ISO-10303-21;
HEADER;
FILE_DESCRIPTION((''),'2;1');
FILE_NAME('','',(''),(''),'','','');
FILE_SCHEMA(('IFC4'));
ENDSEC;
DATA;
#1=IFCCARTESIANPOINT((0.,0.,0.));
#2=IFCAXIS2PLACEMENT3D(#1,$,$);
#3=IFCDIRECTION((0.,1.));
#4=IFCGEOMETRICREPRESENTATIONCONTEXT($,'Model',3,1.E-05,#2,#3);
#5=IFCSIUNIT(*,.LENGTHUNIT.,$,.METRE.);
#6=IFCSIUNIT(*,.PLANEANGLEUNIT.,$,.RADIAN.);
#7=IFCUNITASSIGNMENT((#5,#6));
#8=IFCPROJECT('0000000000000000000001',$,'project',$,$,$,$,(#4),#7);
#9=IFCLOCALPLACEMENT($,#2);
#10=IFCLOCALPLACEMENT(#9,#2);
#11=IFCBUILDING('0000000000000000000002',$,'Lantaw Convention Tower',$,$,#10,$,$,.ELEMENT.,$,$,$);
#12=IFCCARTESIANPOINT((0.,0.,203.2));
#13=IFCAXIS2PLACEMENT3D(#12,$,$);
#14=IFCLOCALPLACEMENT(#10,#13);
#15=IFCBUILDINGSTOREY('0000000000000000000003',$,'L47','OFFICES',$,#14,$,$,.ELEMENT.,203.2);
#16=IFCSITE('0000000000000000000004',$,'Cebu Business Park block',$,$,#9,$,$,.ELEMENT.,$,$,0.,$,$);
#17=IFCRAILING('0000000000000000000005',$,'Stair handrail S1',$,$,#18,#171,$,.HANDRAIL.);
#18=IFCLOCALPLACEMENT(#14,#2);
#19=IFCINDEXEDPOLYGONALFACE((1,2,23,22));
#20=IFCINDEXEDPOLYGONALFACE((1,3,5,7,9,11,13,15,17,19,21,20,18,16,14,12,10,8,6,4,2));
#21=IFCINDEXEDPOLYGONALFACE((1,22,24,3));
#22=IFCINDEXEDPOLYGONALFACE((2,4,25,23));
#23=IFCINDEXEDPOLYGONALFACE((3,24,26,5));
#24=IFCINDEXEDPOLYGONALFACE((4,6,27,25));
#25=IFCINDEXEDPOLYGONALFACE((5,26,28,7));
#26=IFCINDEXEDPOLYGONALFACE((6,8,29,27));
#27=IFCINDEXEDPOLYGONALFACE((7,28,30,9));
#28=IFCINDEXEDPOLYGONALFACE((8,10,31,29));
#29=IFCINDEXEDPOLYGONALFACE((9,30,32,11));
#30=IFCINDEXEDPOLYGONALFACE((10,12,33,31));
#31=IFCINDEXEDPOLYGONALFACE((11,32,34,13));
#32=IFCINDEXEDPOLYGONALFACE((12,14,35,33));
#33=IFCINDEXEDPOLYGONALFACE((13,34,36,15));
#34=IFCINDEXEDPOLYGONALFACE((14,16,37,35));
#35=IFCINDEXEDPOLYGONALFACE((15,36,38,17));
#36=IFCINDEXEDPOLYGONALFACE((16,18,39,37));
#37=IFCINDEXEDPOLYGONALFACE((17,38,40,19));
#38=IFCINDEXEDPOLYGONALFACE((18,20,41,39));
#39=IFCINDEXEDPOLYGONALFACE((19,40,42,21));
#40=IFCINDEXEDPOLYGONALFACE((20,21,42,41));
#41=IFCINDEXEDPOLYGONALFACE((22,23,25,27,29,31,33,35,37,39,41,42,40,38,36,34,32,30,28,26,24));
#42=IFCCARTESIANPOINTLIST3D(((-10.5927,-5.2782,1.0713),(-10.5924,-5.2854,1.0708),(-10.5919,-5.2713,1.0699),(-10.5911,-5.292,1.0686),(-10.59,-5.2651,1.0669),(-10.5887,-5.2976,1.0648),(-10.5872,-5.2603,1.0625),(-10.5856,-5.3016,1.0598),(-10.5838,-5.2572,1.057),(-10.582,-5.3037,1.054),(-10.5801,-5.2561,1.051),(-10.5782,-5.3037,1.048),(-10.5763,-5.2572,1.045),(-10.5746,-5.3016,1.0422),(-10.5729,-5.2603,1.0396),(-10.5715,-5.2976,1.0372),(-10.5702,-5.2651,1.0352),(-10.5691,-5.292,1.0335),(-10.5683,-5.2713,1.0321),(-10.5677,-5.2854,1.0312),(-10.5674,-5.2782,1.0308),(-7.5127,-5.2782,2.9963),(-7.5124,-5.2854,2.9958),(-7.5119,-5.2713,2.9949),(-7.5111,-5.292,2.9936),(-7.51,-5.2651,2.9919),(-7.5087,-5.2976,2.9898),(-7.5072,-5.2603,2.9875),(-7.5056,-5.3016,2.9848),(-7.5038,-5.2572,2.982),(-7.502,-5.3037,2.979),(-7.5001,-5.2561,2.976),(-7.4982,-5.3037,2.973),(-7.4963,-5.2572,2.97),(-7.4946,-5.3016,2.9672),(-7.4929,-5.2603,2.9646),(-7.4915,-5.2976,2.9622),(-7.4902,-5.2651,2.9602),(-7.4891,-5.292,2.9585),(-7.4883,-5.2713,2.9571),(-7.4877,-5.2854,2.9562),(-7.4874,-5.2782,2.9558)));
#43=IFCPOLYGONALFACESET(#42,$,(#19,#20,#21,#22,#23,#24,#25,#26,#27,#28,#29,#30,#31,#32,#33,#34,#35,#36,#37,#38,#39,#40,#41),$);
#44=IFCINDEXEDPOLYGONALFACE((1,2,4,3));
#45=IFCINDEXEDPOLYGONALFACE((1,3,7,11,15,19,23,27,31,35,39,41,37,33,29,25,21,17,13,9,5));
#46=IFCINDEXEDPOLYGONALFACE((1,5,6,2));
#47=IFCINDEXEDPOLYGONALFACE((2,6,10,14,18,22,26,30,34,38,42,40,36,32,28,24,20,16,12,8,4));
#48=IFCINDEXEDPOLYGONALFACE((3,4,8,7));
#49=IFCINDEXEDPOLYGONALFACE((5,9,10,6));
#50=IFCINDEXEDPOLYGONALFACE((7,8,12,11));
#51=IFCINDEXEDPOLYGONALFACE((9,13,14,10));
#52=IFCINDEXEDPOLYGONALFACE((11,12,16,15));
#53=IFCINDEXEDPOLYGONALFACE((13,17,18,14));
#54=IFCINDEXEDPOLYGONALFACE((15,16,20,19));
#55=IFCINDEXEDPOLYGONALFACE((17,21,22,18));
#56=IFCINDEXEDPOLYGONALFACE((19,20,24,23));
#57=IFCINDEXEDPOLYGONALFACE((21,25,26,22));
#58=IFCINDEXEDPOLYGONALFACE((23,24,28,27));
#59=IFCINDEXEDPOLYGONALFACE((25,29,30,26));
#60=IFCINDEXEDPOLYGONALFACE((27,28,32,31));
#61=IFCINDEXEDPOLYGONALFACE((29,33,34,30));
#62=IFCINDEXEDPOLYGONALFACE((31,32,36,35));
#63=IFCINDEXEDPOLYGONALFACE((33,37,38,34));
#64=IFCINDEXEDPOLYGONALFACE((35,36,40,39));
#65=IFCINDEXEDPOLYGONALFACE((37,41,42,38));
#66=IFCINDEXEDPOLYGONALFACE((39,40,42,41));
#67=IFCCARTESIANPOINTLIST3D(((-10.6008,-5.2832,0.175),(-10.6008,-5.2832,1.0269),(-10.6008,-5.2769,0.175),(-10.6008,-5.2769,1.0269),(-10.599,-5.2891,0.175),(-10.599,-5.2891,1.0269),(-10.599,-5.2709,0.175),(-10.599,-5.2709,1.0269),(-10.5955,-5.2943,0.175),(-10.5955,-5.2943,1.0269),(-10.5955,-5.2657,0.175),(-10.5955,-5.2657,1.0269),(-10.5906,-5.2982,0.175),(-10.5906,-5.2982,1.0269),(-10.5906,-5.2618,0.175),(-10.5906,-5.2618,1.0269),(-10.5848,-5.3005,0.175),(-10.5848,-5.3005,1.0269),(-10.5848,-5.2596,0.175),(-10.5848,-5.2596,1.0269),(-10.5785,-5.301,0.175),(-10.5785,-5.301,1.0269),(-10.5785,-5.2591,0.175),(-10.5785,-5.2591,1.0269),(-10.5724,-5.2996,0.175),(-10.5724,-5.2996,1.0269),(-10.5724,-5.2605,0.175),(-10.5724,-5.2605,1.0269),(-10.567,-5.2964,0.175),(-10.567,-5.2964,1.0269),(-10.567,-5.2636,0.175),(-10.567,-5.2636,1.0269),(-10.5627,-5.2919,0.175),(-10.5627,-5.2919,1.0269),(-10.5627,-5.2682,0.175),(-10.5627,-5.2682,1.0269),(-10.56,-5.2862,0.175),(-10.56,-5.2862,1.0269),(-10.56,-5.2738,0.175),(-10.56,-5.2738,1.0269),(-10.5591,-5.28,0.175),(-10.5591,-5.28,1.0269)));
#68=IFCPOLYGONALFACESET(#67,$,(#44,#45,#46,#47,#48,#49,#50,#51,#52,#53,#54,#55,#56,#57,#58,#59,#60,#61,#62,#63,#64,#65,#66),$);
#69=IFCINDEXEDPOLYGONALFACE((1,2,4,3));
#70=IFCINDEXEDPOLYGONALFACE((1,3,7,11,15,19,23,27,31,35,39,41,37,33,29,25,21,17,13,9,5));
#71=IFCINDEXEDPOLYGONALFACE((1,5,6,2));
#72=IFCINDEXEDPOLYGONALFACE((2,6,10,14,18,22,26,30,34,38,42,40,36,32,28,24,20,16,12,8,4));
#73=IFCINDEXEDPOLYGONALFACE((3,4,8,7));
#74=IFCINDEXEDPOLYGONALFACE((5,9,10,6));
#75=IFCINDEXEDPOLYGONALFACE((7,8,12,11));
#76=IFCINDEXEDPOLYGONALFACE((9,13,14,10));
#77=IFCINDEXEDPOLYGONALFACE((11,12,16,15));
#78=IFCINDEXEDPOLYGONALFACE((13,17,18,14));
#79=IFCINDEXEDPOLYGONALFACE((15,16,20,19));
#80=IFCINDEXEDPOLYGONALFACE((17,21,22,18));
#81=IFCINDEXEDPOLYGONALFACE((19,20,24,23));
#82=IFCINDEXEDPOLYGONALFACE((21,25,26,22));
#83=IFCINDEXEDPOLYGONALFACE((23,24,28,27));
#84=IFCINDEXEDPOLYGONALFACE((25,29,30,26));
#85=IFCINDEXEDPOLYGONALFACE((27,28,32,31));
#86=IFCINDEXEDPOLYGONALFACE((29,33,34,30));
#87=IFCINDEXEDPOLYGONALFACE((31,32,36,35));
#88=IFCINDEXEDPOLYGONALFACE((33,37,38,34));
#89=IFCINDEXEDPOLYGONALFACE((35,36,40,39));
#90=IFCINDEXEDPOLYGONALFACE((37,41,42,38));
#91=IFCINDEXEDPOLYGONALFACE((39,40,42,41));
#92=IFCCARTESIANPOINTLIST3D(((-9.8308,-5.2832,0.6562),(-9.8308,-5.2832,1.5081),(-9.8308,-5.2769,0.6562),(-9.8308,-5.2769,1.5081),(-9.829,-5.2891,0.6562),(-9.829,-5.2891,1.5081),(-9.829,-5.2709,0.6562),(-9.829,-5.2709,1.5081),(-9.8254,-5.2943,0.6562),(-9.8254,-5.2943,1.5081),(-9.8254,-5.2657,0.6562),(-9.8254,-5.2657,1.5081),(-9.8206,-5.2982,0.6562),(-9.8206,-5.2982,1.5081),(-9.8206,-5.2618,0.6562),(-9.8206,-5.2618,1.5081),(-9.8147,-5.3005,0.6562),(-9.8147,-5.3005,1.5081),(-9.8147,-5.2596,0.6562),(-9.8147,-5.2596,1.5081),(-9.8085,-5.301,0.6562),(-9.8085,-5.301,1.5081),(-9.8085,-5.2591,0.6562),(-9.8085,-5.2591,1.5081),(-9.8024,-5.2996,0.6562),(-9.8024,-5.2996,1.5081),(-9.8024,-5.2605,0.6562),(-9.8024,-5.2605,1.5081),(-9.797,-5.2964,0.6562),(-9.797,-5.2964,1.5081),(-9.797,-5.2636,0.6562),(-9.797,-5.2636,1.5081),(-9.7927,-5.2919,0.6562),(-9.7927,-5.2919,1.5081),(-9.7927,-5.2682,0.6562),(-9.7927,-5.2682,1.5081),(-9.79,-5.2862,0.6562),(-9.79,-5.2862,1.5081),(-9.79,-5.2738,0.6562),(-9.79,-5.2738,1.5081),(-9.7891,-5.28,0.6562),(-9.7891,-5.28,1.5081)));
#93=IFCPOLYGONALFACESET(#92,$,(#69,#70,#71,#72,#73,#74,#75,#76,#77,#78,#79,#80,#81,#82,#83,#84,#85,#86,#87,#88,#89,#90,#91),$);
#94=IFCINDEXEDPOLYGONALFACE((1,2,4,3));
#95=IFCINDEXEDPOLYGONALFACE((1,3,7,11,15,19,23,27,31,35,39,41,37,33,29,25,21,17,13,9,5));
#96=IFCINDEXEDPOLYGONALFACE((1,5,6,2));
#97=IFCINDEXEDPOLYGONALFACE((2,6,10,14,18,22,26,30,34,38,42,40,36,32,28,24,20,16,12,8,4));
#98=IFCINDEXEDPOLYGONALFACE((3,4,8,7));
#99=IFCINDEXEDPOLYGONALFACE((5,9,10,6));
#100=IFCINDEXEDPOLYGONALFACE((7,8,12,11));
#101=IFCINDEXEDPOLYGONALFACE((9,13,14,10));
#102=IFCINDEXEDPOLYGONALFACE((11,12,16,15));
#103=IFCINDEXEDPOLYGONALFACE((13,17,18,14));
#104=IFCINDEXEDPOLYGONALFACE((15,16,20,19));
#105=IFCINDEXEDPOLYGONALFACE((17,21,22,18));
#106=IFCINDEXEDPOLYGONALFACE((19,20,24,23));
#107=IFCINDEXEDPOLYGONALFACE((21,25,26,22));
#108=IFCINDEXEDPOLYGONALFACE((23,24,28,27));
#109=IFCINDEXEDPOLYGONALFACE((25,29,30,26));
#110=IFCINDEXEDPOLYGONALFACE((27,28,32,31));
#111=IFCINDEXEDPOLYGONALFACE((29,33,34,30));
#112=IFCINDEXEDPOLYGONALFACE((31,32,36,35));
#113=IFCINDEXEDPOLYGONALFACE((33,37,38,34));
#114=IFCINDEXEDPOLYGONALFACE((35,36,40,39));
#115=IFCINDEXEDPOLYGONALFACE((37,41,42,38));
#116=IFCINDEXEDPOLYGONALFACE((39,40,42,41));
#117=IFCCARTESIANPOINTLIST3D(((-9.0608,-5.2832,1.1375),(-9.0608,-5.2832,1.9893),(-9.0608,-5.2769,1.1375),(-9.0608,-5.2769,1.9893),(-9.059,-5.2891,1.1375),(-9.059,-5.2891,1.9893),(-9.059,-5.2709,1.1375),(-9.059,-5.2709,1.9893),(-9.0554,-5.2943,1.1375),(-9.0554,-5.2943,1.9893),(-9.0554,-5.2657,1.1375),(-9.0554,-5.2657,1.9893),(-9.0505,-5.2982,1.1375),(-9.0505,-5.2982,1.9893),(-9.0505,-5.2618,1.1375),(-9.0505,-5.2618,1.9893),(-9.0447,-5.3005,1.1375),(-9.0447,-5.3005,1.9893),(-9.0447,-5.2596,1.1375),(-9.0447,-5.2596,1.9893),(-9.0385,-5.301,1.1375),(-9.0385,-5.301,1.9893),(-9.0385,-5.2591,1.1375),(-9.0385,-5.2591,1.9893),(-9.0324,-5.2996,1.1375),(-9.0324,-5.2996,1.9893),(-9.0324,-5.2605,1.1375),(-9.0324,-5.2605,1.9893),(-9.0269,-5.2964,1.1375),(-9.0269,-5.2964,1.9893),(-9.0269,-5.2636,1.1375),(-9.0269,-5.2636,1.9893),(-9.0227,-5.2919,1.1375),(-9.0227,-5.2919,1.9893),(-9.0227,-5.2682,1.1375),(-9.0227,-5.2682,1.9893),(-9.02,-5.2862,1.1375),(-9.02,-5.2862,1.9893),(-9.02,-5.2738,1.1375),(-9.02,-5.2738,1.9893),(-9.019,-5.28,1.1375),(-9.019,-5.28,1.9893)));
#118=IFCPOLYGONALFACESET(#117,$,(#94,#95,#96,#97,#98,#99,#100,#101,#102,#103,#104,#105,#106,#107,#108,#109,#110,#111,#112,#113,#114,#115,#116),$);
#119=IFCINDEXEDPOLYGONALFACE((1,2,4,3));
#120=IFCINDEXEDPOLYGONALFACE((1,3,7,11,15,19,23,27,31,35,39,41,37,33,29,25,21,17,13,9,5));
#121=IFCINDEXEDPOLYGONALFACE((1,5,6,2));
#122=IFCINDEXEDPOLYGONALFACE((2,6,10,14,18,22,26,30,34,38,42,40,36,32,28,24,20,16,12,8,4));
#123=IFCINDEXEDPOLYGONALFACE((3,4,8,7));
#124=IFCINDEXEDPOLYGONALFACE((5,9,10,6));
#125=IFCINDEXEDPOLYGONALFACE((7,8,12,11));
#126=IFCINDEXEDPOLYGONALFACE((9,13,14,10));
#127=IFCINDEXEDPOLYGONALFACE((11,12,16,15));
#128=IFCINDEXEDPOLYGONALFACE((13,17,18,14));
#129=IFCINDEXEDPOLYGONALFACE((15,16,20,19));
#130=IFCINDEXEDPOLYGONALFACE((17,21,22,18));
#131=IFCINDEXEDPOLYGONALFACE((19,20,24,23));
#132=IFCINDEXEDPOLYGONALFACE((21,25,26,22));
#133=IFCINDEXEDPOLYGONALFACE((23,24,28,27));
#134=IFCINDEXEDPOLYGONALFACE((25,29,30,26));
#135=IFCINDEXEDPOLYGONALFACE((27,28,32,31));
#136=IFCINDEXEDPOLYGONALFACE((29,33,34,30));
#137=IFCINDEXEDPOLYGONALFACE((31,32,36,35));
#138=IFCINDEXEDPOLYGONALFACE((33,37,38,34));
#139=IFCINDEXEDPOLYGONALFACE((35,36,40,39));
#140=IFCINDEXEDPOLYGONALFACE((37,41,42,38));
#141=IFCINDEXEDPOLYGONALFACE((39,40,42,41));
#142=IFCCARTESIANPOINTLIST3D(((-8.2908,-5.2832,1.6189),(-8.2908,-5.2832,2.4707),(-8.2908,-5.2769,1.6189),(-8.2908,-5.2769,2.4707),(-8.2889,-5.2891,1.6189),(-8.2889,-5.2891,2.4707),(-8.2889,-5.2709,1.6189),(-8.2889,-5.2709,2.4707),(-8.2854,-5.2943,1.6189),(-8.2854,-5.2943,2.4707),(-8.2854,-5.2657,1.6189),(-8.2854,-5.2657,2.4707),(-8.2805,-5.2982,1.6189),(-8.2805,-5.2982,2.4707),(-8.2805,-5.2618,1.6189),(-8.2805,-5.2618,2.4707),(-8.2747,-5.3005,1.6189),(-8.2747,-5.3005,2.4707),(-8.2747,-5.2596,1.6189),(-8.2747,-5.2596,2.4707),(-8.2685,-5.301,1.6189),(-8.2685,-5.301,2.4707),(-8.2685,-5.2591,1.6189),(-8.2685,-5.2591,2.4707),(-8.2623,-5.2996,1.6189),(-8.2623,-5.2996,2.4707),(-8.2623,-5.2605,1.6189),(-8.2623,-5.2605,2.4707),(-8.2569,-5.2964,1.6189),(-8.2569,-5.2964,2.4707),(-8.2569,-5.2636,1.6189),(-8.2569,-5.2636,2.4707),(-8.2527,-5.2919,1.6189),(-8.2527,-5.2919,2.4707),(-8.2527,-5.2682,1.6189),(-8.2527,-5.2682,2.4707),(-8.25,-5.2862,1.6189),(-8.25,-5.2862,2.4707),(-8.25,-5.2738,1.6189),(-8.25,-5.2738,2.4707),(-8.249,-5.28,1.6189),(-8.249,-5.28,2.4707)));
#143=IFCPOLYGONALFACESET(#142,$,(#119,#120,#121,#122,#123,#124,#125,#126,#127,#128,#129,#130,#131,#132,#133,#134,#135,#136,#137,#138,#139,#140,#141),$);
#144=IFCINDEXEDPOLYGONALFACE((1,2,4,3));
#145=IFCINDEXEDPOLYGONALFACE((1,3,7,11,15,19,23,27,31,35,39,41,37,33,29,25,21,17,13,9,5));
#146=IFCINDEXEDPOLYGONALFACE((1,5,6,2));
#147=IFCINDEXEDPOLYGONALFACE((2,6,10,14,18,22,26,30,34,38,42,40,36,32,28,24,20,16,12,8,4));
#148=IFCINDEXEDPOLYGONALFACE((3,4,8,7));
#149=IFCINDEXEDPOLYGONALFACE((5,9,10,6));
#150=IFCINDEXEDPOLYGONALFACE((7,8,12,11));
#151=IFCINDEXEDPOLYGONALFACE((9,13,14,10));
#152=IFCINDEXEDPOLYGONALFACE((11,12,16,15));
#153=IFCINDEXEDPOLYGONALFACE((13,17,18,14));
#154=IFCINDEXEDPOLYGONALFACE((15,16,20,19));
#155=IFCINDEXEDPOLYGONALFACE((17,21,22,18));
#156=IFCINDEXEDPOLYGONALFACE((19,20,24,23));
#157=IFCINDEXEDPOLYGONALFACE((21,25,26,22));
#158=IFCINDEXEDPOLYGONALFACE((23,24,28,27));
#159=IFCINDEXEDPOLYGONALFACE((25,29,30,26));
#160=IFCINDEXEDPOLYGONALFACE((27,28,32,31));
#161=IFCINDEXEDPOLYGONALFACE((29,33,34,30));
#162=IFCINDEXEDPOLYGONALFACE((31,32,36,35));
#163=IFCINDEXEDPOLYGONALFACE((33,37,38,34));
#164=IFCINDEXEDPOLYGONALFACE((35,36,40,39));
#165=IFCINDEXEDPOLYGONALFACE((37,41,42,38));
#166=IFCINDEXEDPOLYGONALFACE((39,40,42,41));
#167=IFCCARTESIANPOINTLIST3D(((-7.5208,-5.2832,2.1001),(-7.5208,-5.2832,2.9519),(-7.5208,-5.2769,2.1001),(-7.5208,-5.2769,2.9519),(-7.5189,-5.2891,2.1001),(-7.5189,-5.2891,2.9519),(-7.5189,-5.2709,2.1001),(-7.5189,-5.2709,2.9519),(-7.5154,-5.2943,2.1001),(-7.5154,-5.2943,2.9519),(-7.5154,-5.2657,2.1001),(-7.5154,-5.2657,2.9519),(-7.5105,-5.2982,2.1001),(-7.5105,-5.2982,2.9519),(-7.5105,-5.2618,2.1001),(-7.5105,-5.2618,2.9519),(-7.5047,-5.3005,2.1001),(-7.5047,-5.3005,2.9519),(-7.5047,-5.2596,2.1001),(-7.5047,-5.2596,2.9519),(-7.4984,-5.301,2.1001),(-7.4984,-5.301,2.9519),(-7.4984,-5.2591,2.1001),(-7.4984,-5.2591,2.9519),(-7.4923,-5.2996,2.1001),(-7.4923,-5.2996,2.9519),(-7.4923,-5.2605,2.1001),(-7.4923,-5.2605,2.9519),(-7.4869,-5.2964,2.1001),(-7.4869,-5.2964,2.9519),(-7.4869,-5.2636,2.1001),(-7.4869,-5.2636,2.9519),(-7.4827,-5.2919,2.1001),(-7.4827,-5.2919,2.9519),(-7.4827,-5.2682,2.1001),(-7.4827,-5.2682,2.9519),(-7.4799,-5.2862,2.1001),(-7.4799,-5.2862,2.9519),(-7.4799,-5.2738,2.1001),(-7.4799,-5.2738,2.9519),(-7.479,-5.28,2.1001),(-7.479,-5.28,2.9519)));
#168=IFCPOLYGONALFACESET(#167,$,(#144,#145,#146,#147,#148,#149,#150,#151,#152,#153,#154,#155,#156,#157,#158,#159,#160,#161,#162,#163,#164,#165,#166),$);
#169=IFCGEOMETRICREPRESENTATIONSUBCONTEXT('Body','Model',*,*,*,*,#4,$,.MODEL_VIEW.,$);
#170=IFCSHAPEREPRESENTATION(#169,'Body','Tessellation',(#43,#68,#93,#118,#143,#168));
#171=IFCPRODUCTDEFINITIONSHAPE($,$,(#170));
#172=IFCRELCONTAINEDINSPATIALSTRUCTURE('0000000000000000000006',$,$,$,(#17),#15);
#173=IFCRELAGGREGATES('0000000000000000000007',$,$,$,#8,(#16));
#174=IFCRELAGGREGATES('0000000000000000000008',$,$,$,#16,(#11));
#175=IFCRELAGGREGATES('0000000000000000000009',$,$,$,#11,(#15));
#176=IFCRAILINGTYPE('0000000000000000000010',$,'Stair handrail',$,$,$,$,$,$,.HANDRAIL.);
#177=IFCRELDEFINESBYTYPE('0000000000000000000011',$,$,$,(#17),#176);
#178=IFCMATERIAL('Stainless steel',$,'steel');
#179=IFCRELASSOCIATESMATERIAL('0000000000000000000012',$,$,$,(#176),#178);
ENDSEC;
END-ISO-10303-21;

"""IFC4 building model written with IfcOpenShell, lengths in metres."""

from ifc_helpers import new_model, si_unit, direction, frame, origin, origin_2d, place, context, subcontext, project, spatial, circle, extrude, material, type_object, element, save


model = new_model("IFC4")

# Units and contexts
model_context = context("Model", 3, precision=1e-05, world=origin(), true_north=direction((0.0, 1.0)))
body_context = subcontext(model_context, "Body", "Model", "MODEL_VIEW")
ifc_project = project(units=[si_unit("LENGTHUNIT", "METRE"), si_unit("PLANEANGLEUNIT", "RADIAN")], contexts=[model_context])

# Site, building, storey
site_placement = place(None, origin())
site = spatial("IfcSite", under=ifc_project, at=site_placement, Name="Cebu Business Park block", CompositionType="ELEMENT", RefElevation=0.0)
building_placement = place(site_placement, origin())
building = spatial("IfcBuilding", under=site, at=building_placement, Name="Lantaw Convention Tower", CompositionType="ELEMENT")
storey_placement = place(building_placement, frame((0.0, 0.0, 203.2)))
storey = spatial("IfcBuildingStorey", under=building, at=storey_placement, Name="L47", Description="OFFICES", CompositionType="ELEMENT", Elevation=203.2)

# Shared definitions
ifc_material_1 = material(Name="Stainless steel", Category="steel")

# Railing
railing_type = type_object("IfcRailingType", Name="Stair handrail", PredefinedType="HANDRAIL", material=ifc_material_1)
railing_1_placement = place(storey_placement, frame((-10.5801, -5.28, 0.175)))
element("IfcRailing", 1, at=railing_1_placement, inside=storey, type_object=railing_type, Name="Stair handrail S1", PredefinedType="HANDRAIL", context=body_context, shape_type="SweptSolid", body=[
    extrude(circle(Radius=0.0239, at=origin_2d()), frame((0.0, 0.0, 0.876), z_axis=(0.847998, 0.0, 0.529999), x_axis=(0.0, 1.0, 0.0)), (0.0, 0.0, 1.0), 3.6321),
    extrude(circle(Radius=0.021, at=origin_2d()), origin(), (0.0, 0.0, 1.0), 0.8518),
    extrude(circle(Radius=0.021, at=origin_2d()), frame((0.77, 0.0, 0.4812)), (0.0, 0.0, 1.0), 0.8518),
    extrude(circle(Radius=0.021, at=origin_2d()), frame((1.54, 0.0, 0.9624)), (0.0, 0.0, 1.0), 0.8518),
    extrude(circle(Radius=0.021, at=origin_2d()), frame((2.3101, 0.0, 1.4438)), (0.0, 0.0, 1.0), 0.8518),
    extrude(circle(Radius=0.021, at=origin_2d()), frame((3.0801, 0.0, 1.925)), (0.0, 0.0, 1.0), 0.8518),
])

save(model, "model.ifc")
